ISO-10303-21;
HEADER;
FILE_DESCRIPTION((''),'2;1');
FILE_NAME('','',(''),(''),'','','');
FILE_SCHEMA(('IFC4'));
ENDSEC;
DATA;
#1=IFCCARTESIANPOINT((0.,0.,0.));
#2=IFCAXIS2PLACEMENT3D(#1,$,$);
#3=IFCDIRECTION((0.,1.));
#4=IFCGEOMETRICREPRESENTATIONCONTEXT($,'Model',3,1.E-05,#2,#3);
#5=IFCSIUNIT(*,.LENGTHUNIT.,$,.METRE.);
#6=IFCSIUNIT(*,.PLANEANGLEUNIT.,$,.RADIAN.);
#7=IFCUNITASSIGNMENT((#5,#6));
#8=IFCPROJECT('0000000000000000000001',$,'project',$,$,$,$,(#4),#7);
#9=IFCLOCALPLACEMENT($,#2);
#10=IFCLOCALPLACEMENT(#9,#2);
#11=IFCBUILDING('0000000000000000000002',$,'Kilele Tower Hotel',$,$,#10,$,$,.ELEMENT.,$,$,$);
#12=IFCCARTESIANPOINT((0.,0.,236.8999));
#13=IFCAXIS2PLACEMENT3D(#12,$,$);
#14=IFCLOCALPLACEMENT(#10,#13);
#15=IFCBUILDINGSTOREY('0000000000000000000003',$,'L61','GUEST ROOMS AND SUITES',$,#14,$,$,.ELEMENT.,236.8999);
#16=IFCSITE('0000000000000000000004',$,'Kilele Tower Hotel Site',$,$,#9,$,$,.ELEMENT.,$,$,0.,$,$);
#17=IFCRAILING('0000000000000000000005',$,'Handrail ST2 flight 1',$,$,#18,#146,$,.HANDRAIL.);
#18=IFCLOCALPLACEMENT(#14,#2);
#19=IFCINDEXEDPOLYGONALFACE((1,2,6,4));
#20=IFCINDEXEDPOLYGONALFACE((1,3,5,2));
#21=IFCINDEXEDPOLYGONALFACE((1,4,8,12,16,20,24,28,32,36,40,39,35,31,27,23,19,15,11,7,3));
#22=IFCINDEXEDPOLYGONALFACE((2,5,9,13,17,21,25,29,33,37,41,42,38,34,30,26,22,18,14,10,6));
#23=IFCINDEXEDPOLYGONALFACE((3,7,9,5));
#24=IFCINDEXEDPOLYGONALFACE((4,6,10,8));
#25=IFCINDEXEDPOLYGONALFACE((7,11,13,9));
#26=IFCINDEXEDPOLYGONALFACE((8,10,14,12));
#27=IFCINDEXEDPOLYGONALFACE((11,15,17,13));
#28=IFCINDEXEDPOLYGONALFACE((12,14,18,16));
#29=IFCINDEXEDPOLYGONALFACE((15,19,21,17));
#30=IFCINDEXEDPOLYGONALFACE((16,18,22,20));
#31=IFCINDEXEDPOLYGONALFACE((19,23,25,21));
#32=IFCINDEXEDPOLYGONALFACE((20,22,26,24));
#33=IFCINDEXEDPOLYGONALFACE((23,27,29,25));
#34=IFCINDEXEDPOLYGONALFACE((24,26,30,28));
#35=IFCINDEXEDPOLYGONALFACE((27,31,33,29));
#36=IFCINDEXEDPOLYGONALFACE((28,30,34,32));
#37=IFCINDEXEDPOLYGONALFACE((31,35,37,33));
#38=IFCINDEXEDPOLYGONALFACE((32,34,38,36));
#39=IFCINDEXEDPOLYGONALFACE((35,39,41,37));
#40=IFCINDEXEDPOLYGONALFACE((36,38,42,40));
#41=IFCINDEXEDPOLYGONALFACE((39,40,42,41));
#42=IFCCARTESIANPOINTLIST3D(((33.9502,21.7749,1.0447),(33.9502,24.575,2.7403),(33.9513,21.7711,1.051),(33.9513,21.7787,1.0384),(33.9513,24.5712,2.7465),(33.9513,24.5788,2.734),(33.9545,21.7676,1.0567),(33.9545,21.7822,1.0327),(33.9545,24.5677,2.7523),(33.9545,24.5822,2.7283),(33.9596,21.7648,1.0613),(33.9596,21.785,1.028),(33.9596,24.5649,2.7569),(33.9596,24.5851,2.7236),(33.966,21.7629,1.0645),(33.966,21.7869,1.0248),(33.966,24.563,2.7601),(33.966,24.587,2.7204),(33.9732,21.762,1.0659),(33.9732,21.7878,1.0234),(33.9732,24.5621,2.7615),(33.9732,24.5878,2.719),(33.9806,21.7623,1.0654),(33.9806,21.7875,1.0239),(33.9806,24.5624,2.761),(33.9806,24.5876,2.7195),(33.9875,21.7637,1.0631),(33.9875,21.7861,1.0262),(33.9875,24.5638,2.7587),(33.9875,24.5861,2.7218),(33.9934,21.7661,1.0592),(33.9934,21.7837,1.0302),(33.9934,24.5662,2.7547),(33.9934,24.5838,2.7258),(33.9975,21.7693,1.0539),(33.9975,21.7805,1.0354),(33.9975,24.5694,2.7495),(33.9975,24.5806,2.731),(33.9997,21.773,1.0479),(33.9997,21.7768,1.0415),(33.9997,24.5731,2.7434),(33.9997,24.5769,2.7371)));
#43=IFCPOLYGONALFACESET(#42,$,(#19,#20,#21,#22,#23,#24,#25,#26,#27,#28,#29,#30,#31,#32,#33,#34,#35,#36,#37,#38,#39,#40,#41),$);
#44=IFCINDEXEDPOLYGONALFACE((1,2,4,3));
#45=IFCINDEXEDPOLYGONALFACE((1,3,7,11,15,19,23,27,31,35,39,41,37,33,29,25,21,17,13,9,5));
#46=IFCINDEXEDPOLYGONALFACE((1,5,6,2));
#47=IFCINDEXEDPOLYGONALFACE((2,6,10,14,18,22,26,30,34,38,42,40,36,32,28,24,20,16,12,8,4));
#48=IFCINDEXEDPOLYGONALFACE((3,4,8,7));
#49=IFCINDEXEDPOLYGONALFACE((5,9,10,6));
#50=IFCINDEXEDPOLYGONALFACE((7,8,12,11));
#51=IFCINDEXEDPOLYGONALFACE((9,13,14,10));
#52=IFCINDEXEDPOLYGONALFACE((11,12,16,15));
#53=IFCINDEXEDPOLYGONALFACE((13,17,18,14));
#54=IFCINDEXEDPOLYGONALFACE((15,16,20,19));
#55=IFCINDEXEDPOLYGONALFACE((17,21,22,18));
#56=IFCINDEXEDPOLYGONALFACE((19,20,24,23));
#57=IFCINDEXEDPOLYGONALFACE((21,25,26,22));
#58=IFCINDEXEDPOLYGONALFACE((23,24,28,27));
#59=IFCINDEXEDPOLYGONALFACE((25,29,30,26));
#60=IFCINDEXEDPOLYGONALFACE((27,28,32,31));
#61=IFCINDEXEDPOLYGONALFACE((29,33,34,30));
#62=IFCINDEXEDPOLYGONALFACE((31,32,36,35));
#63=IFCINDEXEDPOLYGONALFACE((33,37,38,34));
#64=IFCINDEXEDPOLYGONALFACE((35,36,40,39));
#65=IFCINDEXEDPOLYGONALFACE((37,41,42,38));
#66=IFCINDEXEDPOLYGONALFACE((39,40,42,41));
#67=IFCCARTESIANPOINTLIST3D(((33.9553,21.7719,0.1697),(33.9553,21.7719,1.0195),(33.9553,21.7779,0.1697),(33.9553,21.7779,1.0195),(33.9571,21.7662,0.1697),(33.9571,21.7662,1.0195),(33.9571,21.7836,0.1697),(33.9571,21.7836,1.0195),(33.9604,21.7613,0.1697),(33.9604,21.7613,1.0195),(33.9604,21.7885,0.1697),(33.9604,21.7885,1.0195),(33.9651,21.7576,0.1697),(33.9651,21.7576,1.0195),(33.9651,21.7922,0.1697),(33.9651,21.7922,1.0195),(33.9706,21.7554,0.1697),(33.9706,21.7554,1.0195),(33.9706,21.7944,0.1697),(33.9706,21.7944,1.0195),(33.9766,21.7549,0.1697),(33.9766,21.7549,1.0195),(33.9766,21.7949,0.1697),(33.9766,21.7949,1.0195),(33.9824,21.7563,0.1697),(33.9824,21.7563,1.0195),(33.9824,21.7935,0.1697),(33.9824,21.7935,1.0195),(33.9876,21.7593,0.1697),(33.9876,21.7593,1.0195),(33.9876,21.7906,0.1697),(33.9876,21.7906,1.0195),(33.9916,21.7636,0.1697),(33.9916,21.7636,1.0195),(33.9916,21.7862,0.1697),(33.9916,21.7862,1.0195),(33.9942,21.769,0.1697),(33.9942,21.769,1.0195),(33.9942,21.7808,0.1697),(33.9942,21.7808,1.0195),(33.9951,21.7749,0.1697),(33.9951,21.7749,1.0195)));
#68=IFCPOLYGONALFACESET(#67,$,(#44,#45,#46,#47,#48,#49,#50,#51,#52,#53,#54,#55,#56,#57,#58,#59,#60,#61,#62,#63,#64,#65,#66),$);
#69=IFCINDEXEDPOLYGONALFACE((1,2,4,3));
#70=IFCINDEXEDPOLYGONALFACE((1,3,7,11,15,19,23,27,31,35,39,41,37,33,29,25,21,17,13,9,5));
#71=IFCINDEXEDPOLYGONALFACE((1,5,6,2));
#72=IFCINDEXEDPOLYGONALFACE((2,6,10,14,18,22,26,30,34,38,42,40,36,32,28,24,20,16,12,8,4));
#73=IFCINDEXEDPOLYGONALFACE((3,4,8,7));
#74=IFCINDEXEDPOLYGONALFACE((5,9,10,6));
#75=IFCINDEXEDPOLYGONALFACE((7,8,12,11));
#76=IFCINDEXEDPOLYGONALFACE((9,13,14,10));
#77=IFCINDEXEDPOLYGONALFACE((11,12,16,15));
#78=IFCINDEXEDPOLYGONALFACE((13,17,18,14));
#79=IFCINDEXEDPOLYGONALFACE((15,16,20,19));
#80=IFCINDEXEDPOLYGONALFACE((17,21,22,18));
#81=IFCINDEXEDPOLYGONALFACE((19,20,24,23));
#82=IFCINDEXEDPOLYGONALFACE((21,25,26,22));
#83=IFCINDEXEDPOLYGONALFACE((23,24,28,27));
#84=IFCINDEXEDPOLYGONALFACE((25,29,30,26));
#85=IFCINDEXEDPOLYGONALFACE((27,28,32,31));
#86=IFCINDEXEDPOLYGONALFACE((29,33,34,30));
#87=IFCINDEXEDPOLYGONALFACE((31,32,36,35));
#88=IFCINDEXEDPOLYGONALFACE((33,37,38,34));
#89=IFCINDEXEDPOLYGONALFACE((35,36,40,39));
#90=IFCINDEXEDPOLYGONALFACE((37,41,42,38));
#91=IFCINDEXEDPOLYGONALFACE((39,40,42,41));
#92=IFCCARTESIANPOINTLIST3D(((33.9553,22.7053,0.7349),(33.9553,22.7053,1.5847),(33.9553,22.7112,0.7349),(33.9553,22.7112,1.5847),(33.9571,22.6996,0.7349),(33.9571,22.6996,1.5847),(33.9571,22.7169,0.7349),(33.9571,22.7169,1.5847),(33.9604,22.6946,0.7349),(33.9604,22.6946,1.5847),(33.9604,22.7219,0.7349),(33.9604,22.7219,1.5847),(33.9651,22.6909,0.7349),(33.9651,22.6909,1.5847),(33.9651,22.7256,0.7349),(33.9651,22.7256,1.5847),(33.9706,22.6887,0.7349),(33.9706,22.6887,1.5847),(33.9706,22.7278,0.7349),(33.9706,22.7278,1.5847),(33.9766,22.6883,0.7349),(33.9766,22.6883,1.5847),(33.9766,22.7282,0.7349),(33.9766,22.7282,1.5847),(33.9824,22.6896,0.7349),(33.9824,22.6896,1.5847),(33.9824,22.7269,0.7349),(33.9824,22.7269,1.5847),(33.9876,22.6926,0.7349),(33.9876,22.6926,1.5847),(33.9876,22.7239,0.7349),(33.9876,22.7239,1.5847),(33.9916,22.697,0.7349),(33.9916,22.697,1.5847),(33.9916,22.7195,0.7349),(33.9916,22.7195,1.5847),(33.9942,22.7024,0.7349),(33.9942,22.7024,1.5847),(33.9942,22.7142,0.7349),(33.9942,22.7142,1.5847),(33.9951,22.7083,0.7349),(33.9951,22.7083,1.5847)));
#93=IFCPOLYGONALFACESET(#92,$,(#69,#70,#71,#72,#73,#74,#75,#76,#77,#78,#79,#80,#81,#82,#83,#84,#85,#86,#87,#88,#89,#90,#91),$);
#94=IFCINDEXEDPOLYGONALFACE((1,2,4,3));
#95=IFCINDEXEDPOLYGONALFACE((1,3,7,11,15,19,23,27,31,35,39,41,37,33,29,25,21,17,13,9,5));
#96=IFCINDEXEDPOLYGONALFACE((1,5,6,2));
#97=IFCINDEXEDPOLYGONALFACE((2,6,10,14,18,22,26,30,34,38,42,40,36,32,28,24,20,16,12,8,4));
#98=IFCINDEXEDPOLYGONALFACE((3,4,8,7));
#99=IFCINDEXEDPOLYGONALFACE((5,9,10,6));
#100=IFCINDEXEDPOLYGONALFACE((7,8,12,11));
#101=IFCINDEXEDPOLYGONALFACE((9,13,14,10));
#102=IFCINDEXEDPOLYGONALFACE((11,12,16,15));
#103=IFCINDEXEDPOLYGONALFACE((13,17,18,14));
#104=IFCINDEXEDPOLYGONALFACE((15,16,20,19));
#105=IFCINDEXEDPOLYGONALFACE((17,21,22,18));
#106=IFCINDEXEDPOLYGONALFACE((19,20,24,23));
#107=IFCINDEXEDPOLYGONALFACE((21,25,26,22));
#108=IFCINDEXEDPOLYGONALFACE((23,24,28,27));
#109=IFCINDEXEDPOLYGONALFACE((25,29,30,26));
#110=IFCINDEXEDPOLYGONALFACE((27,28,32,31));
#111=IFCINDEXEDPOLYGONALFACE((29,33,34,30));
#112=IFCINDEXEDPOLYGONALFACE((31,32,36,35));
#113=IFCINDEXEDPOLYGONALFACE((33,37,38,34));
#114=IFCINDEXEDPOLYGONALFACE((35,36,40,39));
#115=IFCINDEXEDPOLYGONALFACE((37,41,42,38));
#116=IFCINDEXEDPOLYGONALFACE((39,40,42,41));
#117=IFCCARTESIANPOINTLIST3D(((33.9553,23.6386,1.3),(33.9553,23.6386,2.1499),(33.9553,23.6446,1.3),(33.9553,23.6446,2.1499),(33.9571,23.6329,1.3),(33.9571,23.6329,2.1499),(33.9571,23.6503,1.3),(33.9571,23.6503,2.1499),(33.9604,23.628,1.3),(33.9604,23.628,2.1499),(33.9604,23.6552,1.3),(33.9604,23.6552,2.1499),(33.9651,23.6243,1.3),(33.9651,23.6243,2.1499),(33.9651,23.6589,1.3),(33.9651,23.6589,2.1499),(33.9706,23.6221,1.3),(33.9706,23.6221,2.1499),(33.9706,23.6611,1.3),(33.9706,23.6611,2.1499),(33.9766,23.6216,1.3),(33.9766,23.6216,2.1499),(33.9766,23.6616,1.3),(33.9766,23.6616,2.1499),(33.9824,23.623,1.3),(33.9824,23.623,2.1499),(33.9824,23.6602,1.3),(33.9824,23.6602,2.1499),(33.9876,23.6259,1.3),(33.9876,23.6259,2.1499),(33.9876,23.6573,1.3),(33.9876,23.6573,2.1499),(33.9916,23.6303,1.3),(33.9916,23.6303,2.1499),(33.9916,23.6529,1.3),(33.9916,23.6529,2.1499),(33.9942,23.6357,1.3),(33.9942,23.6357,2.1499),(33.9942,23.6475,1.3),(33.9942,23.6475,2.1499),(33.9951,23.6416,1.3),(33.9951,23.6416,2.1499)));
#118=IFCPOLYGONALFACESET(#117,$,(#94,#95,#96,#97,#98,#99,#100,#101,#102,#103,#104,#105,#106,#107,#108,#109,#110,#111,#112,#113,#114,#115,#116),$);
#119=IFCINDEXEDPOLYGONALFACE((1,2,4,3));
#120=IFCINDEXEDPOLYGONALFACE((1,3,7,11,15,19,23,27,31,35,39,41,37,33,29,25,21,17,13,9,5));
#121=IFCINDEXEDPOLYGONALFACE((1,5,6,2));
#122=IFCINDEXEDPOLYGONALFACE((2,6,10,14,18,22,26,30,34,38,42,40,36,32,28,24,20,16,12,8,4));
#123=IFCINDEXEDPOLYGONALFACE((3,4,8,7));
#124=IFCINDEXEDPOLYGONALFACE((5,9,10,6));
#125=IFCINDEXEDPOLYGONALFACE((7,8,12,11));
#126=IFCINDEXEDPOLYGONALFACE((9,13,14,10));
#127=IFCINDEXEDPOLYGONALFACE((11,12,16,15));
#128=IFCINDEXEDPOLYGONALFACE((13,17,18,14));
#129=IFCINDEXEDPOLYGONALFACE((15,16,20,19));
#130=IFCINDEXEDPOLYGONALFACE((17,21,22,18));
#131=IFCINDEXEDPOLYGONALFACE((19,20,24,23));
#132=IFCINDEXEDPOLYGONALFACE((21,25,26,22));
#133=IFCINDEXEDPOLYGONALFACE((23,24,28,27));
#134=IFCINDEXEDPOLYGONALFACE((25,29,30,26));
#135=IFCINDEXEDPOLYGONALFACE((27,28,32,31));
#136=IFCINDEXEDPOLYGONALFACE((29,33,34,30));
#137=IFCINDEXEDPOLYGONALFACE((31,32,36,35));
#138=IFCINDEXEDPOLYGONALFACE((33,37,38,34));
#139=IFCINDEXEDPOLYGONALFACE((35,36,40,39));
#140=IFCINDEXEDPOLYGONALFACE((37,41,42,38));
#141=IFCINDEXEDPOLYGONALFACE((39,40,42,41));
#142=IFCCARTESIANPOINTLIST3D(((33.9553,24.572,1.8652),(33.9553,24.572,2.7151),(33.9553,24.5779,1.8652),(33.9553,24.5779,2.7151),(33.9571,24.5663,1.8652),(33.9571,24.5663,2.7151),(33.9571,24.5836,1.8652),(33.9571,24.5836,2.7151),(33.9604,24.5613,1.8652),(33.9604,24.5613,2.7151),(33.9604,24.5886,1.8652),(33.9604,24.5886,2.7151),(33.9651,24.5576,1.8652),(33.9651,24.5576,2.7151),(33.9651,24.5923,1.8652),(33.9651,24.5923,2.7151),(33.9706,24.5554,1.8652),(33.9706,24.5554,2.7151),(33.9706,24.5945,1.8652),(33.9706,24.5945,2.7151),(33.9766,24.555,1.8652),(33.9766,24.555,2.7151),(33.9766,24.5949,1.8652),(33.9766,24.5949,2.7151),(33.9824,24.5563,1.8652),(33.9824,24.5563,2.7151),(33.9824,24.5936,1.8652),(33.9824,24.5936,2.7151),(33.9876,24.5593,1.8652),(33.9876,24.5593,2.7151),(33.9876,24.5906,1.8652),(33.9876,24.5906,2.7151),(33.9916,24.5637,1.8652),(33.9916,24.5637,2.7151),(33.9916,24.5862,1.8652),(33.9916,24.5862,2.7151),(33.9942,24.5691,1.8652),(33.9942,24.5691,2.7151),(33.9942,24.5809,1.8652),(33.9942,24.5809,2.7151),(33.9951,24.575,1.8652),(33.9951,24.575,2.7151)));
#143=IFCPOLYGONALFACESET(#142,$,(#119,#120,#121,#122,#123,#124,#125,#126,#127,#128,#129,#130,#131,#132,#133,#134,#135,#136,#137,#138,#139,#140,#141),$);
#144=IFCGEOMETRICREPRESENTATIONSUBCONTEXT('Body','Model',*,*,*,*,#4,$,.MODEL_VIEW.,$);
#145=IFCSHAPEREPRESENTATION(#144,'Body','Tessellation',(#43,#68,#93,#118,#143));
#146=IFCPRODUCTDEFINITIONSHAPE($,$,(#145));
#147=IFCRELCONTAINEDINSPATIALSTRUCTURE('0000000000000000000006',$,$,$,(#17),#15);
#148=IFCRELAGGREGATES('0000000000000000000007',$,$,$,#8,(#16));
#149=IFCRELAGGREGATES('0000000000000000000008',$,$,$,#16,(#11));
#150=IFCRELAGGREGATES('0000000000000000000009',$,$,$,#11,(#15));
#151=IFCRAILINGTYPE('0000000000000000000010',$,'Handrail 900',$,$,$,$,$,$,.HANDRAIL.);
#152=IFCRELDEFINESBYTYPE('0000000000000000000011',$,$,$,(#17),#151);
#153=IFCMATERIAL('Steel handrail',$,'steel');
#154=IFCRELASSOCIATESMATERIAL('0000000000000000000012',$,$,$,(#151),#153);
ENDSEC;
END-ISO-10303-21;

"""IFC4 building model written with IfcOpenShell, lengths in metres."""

from ifc_helpers import new_model, si_unit, direction, frame, origin, origin_2d, place, context, subcontext, project, spatial, circle, extrude, material, type_object, element, save


model = new_model("IFC4")

# Units and contexts
model_context = context("Model", 3, precision=1e-05, world=origin(), true_north=direction((0.0, 1.0)))
body_context = subcontext(model_context, "Body", "Model", "MODEL_VIEW")
ifc_project = project(units=[si_unit("LENGTHUNIT", "METRE"), si_unit("PLANEANGLEUNIT", "RADIAN")], contexts=[model_context])

# Site, building, storey
site_placement = place(None, origin())
site = spatial("IfcSite", under=ifc_project, at=site_placement, Name="Kilele Tower Hotel Site", CompositionType="ELEMENT", RefElevation=0.0)
building_placement = place(site_placement, origin())
building = spatial("IfcBuilding", under=site, at=building_placement, Name="Kilele Tower Hotel", CompositionType="ELEMENT")
storey_placement = place(building_placement, frame((0.0, 0.0, 236.8999)))
storey = spatial("IfcBuildingStorey", under=building, at=storey_placement, Name="L61", Description="GUEST ROOMS AND SUITES", CompositionType="ELEMENT", Elevation=236.8999)

# Railing
ifc_material_1 = material(Name="Steel handrail", Category="steel")
railing_type_1 = type_object("IfcRailingType", Name="Handrail 900", PredefinedType="HANDRAIL", material=ifc_material_1)
for number, where, name in (
    (1, (33.9751, 21.7749, 0.1697), "Handrail ST2 flight 1"),
):
    element("IfcRailing", number, at=place(storey_placement, frame(where)), inside=storey, type_object=railing_type_1, Name=name, PredefinedType="HANDRAIL", context=body_context, shape_type="SweptSolid", body=[
        extrude(circle(Radius=0.0249, at=origin_2d()), frame((0.0, 0.0, 0.875), z_axis=(0.0, 0.855393, 0.517979), x_axis=(-1.0, 0.0, 0.0)), (0.0, 0.0, 1.0), 3.2734),
        extrude(circle(Radius=0.02, at=origin_2d()), origin(), (0.0, 0.0, 1.0), 0.8499),
        extrude(circle(Radius=0.02, at=origin_2d()), frame((0.0, 0.9333, 0.5652)), (0.0, 0.0, 1.0), 0.8499),
        extrude(circle(Radius=0.02, at=origin_2d()), frame((0.0, 1.8667, 1.1304)), (0.0, 0.0, 1.0), 0.8499),
        extrude(circle(Radius=0.02, at=origin_2d()), frame((0.0, 2.8, 1.6956)), (0.0, 0.0, 1.0), 0.8499),
    ])

save(model, "model.ifc")
